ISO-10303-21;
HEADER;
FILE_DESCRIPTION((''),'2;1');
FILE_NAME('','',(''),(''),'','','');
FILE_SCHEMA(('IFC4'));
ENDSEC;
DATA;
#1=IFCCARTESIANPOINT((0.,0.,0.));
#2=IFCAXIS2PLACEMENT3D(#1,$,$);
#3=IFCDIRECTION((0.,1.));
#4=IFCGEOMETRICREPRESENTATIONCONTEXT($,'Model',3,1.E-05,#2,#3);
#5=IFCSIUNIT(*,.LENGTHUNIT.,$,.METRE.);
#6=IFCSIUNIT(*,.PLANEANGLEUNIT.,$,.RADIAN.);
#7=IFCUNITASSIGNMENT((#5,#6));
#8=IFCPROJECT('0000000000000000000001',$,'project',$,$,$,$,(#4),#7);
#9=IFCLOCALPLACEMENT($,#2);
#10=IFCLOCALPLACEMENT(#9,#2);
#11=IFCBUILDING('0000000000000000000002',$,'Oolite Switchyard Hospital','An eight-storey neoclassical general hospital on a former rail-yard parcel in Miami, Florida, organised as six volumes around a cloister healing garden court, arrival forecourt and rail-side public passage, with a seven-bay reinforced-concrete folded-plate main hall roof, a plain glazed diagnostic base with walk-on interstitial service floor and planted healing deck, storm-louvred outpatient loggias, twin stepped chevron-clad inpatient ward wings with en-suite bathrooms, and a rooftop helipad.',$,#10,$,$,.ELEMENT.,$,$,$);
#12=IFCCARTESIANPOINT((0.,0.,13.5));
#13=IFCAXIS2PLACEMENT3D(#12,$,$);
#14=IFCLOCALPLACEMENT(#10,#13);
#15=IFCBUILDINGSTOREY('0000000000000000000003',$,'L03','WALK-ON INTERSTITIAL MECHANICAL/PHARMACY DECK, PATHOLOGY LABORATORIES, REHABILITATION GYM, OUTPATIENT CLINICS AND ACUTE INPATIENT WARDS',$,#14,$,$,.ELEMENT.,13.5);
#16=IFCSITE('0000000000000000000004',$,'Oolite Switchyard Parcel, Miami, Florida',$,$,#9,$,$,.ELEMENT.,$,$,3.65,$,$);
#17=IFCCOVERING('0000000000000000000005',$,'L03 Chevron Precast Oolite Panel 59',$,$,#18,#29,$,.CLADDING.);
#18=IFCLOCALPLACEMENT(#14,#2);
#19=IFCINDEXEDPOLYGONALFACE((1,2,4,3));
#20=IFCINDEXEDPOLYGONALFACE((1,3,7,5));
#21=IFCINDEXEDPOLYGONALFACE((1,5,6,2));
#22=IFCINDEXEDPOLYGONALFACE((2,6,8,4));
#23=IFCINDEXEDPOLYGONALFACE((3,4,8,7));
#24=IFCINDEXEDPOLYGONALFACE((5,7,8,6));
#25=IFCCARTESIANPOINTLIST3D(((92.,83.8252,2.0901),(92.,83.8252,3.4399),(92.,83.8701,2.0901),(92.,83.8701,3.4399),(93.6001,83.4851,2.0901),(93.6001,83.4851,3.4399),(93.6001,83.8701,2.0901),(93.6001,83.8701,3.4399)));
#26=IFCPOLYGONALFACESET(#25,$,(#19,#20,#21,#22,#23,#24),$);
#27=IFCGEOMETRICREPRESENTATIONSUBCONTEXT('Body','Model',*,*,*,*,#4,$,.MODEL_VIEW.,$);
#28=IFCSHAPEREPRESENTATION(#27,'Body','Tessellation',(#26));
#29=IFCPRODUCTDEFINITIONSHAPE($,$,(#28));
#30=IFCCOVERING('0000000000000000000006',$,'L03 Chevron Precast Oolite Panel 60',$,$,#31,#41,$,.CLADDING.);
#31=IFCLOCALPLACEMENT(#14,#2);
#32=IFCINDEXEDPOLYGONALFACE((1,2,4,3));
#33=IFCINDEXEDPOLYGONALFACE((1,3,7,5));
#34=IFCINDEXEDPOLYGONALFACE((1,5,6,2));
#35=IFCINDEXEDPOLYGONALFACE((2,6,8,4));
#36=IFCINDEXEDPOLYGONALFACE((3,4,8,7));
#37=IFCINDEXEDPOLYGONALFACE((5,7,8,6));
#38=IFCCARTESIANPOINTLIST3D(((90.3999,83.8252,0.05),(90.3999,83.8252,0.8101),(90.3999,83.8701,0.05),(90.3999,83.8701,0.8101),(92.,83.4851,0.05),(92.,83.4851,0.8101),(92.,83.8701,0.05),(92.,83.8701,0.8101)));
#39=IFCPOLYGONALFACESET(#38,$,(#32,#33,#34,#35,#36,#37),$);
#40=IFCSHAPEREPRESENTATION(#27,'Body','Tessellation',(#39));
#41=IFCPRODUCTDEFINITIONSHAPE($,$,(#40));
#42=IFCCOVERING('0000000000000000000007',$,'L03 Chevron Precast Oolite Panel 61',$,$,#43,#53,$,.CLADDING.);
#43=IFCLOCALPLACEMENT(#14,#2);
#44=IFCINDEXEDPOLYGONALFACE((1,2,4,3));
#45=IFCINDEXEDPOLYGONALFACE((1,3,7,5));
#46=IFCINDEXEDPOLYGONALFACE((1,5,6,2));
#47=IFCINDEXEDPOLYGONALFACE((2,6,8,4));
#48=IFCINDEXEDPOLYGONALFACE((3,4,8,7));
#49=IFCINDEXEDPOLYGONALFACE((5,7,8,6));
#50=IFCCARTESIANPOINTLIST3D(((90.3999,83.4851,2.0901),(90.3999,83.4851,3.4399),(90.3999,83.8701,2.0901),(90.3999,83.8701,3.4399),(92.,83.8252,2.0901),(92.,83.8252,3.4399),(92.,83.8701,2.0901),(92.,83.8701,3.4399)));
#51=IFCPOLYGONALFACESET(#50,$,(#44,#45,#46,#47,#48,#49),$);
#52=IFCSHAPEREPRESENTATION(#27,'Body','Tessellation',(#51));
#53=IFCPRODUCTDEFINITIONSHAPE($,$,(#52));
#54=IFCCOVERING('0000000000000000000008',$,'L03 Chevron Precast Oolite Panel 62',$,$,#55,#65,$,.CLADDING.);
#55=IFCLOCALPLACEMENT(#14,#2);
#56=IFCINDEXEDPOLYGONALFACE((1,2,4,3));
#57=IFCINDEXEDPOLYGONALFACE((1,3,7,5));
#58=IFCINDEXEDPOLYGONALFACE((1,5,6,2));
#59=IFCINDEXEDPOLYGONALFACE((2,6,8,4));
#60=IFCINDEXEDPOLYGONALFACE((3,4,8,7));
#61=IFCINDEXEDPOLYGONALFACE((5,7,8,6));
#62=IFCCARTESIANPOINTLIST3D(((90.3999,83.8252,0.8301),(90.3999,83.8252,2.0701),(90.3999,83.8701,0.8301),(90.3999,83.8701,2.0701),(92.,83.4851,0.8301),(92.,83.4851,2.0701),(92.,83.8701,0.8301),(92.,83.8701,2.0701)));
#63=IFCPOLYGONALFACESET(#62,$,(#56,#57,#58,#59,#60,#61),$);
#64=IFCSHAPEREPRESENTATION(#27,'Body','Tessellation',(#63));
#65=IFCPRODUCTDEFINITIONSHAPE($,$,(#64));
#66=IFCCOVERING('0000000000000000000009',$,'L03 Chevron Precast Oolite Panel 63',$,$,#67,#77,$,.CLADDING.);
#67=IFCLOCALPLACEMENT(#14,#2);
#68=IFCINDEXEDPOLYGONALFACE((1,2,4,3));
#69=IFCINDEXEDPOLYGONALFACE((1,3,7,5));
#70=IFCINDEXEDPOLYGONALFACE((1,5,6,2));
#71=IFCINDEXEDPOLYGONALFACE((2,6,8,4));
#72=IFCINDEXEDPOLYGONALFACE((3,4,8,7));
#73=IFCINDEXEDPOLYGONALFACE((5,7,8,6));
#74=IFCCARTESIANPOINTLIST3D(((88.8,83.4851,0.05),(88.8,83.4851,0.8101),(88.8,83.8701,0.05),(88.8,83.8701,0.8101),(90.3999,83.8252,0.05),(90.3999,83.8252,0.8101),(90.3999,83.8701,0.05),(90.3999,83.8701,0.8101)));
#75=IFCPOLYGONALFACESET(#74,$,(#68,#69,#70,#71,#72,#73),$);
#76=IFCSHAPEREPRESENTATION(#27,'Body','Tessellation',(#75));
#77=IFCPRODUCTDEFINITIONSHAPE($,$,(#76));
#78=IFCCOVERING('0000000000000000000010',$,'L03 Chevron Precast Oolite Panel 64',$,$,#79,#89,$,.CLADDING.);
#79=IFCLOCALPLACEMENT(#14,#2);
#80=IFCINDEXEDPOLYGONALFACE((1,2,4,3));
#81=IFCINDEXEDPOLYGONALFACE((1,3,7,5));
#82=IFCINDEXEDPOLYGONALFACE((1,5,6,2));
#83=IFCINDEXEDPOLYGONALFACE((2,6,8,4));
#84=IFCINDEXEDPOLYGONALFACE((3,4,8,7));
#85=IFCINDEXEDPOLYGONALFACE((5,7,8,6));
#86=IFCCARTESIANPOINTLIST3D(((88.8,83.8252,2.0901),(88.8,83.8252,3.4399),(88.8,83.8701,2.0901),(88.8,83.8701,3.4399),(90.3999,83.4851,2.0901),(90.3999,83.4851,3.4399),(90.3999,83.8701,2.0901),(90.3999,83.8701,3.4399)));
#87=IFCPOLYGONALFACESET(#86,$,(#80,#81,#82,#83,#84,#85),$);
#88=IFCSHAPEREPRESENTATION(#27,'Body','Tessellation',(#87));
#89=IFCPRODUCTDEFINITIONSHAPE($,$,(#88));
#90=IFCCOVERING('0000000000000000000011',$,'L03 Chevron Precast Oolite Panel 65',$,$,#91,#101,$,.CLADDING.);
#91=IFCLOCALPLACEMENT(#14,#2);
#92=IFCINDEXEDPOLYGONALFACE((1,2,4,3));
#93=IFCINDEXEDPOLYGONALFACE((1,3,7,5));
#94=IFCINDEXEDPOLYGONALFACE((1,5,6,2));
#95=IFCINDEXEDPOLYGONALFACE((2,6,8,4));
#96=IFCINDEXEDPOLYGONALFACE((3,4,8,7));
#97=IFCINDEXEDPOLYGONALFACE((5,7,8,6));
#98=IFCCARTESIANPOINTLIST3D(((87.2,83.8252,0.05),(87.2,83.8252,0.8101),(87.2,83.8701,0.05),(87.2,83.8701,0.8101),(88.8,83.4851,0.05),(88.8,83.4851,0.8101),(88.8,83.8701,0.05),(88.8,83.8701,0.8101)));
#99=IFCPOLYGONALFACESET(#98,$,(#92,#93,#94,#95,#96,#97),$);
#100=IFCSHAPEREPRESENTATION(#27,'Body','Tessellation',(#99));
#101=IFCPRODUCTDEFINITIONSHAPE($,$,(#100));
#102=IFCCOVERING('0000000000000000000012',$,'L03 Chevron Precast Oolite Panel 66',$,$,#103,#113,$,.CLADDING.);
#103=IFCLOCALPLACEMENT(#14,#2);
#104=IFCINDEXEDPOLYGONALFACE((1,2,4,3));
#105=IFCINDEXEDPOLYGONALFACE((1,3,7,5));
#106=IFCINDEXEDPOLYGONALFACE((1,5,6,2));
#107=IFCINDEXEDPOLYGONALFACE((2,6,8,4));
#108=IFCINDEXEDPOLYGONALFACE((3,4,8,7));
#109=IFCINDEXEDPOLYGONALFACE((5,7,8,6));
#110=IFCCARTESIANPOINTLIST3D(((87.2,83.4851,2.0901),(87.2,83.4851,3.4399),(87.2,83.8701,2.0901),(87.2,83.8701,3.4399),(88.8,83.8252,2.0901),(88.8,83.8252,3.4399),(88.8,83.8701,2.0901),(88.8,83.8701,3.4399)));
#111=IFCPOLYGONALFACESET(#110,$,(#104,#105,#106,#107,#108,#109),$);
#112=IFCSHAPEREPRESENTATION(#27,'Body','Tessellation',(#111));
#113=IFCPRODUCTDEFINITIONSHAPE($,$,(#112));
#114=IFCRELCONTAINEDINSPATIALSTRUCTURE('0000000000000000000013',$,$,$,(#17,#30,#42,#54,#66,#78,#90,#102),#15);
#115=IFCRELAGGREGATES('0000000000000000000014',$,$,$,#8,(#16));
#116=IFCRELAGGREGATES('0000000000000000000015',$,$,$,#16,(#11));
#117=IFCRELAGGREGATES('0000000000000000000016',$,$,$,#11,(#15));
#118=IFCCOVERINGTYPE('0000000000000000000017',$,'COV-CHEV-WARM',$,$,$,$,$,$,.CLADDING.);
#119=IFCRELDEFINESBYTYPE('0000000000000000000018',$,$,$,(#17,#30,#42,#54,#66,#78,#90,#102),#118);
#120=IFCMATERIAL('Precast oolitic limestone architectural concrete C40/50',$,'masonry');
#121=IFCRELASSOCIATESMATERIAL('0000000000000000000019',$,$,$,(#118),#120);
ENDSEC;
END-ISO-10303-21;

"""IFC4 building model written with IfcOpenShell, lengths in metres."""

from ifc_helpers import new_model, si_unit, direction, frame, origin, place, context, subcontext, project, spatial, polyline, outline, extrude, material, type_object, element, save


model = new_model("IFC4")

# Units and contexts
model_context = context("Model", 3, precision=1e-05, world=origin(), true_north=direction((0.0, 1.0)))
body_context = subcontext(model_context, "Body", "Model", "MODEL_VIEW")
ifc_project = project(units=[si_unit("LENGTHUNIT", "METRE"), si_unit("PLANEANGLEUNIT", "RADIAN")], contexts=[model_context])

# Site, building, storey
site_placement = place(None, origin())
site = spatial("IfcSite", under=ifc_project, at=site_placement, Name="Oolite Switchyard Parcel, Miami, Florida", CompositionType="ELEMENT", RefElevation=3.65)
building_placement = place(site_placement, origin())
building = spatial("IfcBuilding", under=site, at=building_placement, Name="Oolite Switchyard Hospital", Description="An eight-storey neoclassical general hospital on a former rail-yard parcel in Miami, Florida, organised as six volumes around a cloister healing garden court, arrival forecourt and rail-side public passage, with a seven-bay reinforced-concrete folded-plate main hall roof, a plain glazed diagnostic base with walk-on interstitial service floor and planted healing deck, storm-louvred outpatient loggias, twin stepped chevron-clad inpatient ward wings with en-suite bathrooms, and a rooftop helipad.", CompositionType="ELEMENT")
storey_placement = place(building_placement, frame((0.0, 0.0, 13.5)))
storey = spatial("IfcBuildingStorey", under=building, at=storey_placement, Name="L03", Description="WALK-ON INTERSTITIAL MECHANICAL/PHARMACY DECK, PATHOLOGY LABORATORIES, REHABILITATION GYM, OUTPATIENT CLINICS AND ACUTE INPATIENT WARDS", CompositionType="ELEMENT", Elevation=13.5)

# Shared definitions
ifc_material_1 = material(Name="Precast oolitic limestone architectural concrete C40/50", Category="masonry")

# Coverings
covering_type = type_object("IfcCoveringType", Name="COV-CHEV-WARM", PredefinedType="CLADDING", material=ifc_material_1)
covering_1_placement = place(storey_placement, frame((93.6001, 83.8701, 2.0901), z_axis=(0.0, 0.0, 1.0), x_axis=(-1.0, 0.0, 0.0)))
element("IfcCovering", 1, at=covering_1_placement, inside=storey, type_object=covering_type, Name="L03 Chevron Precast Oolite Panel 59", PredefinedType="CLADDING", context=body_context, shape_type="SweptSolid", body=[
    extrude(outline(polyline([(0.0, 0.0), (1.6001, 0.0), (1.6001, 0.0449), (0.0, 0.385), (0.0, 0.0)])), origin(), (0.0, 0.0, 1.0), 1.3499),
])
covering_2_placement = place(storey_placement, frame((92.0, 83.8701, 0.05), z_axis=(0.0, 0.0, 1.0), x_axis=(-1.0, 0.0, 0.0)))
element("IfcCovering", 2, at=covering_2_placement, inside=storey, type_object=covering_type, Name="L03 Chevron Precast Oolite Panel 60", PredefinedType="CLADDING", context=body_context, shape_type="SweptSolid", body=[
    extrude(outline(polyline([(0.0, 0.0), (1.6001, 0.0), (1.6001, 0.0449), (0.0, 0.385), (0.0, 0.0)])), origin(), (0.0, 0.0, 1.0), 0.76),
])
covering_3_placement = place(storey_placement, frame((92.0, 83.8701, 2.0901), z_axis=(0.0, 0.0, 1.0), x_axis=(-1.0, 0.0, 0.0)))
element("IfcCovering", 3, at=covering_3_placement, inside=storey, type_object=covering_type, Name="L03 Chevron Precast Oolite Panel 61", PredefinedType="CLADDING", context=body_context, shape_type="SweptSolid", body=[
    extrude(outline(polyline([(0.0, 0.0), (1.6001, 0.0), (1.6001, 0.385), (0.0, 0.0449), (0.0, 0.0)])), origin(), (0.0, 0.0, 1.0), 1.3499),
])
covering_4_placement = place(storey_placement, frame((92.0, 83.8701, 0.8301), z_axis=(0.0, 0.0, 1.0), x_axis=(-1.0, 0.0, 0.0)))
element("IfcCovering", 4, at=covering_4_placement, inside=storey, type_object=covering_type, Name="L03 Chevron Precast Oolite Panel 62", PredefinedType="CLADDING", context=body_context, shape_type="SweptSolid", body=[
    extrude(outline(polyline([(0.0, 0.0), (1.6001, 0.0), (1.6001, 0.0449), (0.0, 0.385), (0.0, 0.0)])), origin(), (0.0, 0.0, 1.0), 1.24),
])
covering_5_placement = place(storey_placement, frame((90.3999, 83.8701, 0.05), z_axis=(0.0, 0.0, 1.0), x_axis=(-1.0, 0.0, 0.0)))
element("IfcCovering", 5, at=covering_5_placement, inside=storey, type_object=covering_type, Name="L03 Chevron Precast Oolite Panel 63", PredefinedType="CLADDING", context=body_context, shape_type="SweptSolid", body=[
    extrude(outline(polyline([(0.0, 0.0), (1.5999, 0.0), (1.5999, 0.385), (0.0, 0.0449), (0.0, 0.0)])), origin(), (0.0, 0.0, 1.0), 0.76),
])
covering_6_placement = place(storey_placement, frame((90.3999, 83.8701, 2.0901), z_axis=(0.0, 0.0, 1.0), x_axis=(-1.0, 0.0, 0.0)))
element("IfcCovering", 6, at=covering_6_placement, inside=storey, type_object=covering_type, Name="L03 Chevron Precast Oolite Panel 64", PredefinedType="CLADDING", context=body_context, shape_type="SweptSolid", body=[
    extrude(outline(polyline([(0.0, 0.0), (1.5999, 0.0), (1.5999, 0.0449), (0.0, 0.385), (0.0, 0.0)])), origin(), (0.0, 0.0, 1.0), 1.3499),
])
covering_7_placement = place(storey_placement, frame((88.8, 83.8701, 0.05), z_axis=(0.0, 0.0, 1.0), x_axis=(-1.0, 0.0, 0.0)))
element("IfcCovering", 7, at=covering_7_placement, inside=storey, type_object=covering_type, Name="L03 Chevron Precast Oolite Panel 65", PredefinedType="CLADDING", context=body_context, shape_type="SweptSolid", body=[
    extrude(outline(polyline([(0.0, 0.0), (1.6001, 0.0), (1.6001, 0.0449), (0.0, 0.385), (0.0, 0.0)])), origin(), (0.0, 0.0, 1.0), 0.76),
])
covering_8_placement = place(storey_placement, frame((88.8, 83.8701, 2.0901), z_axis=(0.0, 0.0, 1.0), x_axis=(-1.0, 0.0, 0.0)))
element("IfcCovering", 8, at=covering_8_placement, inside=storey, type_object=covering_type, Name="L03 Chevron Precast Oolite Panel 66", PredefinedType="CLADDING", context=body_context, shape_type="SweptSolid", body=[
    extrude(outline(polyline([(0.0, 0.0), (1.6001, 0.0), (1.6001, 0.385), (0.0, 0.0449), (0.0, 0.0)])), origin(), (0.0, 0.0, 1.0), 1.3499),
])

save(model, "model.ifc")
